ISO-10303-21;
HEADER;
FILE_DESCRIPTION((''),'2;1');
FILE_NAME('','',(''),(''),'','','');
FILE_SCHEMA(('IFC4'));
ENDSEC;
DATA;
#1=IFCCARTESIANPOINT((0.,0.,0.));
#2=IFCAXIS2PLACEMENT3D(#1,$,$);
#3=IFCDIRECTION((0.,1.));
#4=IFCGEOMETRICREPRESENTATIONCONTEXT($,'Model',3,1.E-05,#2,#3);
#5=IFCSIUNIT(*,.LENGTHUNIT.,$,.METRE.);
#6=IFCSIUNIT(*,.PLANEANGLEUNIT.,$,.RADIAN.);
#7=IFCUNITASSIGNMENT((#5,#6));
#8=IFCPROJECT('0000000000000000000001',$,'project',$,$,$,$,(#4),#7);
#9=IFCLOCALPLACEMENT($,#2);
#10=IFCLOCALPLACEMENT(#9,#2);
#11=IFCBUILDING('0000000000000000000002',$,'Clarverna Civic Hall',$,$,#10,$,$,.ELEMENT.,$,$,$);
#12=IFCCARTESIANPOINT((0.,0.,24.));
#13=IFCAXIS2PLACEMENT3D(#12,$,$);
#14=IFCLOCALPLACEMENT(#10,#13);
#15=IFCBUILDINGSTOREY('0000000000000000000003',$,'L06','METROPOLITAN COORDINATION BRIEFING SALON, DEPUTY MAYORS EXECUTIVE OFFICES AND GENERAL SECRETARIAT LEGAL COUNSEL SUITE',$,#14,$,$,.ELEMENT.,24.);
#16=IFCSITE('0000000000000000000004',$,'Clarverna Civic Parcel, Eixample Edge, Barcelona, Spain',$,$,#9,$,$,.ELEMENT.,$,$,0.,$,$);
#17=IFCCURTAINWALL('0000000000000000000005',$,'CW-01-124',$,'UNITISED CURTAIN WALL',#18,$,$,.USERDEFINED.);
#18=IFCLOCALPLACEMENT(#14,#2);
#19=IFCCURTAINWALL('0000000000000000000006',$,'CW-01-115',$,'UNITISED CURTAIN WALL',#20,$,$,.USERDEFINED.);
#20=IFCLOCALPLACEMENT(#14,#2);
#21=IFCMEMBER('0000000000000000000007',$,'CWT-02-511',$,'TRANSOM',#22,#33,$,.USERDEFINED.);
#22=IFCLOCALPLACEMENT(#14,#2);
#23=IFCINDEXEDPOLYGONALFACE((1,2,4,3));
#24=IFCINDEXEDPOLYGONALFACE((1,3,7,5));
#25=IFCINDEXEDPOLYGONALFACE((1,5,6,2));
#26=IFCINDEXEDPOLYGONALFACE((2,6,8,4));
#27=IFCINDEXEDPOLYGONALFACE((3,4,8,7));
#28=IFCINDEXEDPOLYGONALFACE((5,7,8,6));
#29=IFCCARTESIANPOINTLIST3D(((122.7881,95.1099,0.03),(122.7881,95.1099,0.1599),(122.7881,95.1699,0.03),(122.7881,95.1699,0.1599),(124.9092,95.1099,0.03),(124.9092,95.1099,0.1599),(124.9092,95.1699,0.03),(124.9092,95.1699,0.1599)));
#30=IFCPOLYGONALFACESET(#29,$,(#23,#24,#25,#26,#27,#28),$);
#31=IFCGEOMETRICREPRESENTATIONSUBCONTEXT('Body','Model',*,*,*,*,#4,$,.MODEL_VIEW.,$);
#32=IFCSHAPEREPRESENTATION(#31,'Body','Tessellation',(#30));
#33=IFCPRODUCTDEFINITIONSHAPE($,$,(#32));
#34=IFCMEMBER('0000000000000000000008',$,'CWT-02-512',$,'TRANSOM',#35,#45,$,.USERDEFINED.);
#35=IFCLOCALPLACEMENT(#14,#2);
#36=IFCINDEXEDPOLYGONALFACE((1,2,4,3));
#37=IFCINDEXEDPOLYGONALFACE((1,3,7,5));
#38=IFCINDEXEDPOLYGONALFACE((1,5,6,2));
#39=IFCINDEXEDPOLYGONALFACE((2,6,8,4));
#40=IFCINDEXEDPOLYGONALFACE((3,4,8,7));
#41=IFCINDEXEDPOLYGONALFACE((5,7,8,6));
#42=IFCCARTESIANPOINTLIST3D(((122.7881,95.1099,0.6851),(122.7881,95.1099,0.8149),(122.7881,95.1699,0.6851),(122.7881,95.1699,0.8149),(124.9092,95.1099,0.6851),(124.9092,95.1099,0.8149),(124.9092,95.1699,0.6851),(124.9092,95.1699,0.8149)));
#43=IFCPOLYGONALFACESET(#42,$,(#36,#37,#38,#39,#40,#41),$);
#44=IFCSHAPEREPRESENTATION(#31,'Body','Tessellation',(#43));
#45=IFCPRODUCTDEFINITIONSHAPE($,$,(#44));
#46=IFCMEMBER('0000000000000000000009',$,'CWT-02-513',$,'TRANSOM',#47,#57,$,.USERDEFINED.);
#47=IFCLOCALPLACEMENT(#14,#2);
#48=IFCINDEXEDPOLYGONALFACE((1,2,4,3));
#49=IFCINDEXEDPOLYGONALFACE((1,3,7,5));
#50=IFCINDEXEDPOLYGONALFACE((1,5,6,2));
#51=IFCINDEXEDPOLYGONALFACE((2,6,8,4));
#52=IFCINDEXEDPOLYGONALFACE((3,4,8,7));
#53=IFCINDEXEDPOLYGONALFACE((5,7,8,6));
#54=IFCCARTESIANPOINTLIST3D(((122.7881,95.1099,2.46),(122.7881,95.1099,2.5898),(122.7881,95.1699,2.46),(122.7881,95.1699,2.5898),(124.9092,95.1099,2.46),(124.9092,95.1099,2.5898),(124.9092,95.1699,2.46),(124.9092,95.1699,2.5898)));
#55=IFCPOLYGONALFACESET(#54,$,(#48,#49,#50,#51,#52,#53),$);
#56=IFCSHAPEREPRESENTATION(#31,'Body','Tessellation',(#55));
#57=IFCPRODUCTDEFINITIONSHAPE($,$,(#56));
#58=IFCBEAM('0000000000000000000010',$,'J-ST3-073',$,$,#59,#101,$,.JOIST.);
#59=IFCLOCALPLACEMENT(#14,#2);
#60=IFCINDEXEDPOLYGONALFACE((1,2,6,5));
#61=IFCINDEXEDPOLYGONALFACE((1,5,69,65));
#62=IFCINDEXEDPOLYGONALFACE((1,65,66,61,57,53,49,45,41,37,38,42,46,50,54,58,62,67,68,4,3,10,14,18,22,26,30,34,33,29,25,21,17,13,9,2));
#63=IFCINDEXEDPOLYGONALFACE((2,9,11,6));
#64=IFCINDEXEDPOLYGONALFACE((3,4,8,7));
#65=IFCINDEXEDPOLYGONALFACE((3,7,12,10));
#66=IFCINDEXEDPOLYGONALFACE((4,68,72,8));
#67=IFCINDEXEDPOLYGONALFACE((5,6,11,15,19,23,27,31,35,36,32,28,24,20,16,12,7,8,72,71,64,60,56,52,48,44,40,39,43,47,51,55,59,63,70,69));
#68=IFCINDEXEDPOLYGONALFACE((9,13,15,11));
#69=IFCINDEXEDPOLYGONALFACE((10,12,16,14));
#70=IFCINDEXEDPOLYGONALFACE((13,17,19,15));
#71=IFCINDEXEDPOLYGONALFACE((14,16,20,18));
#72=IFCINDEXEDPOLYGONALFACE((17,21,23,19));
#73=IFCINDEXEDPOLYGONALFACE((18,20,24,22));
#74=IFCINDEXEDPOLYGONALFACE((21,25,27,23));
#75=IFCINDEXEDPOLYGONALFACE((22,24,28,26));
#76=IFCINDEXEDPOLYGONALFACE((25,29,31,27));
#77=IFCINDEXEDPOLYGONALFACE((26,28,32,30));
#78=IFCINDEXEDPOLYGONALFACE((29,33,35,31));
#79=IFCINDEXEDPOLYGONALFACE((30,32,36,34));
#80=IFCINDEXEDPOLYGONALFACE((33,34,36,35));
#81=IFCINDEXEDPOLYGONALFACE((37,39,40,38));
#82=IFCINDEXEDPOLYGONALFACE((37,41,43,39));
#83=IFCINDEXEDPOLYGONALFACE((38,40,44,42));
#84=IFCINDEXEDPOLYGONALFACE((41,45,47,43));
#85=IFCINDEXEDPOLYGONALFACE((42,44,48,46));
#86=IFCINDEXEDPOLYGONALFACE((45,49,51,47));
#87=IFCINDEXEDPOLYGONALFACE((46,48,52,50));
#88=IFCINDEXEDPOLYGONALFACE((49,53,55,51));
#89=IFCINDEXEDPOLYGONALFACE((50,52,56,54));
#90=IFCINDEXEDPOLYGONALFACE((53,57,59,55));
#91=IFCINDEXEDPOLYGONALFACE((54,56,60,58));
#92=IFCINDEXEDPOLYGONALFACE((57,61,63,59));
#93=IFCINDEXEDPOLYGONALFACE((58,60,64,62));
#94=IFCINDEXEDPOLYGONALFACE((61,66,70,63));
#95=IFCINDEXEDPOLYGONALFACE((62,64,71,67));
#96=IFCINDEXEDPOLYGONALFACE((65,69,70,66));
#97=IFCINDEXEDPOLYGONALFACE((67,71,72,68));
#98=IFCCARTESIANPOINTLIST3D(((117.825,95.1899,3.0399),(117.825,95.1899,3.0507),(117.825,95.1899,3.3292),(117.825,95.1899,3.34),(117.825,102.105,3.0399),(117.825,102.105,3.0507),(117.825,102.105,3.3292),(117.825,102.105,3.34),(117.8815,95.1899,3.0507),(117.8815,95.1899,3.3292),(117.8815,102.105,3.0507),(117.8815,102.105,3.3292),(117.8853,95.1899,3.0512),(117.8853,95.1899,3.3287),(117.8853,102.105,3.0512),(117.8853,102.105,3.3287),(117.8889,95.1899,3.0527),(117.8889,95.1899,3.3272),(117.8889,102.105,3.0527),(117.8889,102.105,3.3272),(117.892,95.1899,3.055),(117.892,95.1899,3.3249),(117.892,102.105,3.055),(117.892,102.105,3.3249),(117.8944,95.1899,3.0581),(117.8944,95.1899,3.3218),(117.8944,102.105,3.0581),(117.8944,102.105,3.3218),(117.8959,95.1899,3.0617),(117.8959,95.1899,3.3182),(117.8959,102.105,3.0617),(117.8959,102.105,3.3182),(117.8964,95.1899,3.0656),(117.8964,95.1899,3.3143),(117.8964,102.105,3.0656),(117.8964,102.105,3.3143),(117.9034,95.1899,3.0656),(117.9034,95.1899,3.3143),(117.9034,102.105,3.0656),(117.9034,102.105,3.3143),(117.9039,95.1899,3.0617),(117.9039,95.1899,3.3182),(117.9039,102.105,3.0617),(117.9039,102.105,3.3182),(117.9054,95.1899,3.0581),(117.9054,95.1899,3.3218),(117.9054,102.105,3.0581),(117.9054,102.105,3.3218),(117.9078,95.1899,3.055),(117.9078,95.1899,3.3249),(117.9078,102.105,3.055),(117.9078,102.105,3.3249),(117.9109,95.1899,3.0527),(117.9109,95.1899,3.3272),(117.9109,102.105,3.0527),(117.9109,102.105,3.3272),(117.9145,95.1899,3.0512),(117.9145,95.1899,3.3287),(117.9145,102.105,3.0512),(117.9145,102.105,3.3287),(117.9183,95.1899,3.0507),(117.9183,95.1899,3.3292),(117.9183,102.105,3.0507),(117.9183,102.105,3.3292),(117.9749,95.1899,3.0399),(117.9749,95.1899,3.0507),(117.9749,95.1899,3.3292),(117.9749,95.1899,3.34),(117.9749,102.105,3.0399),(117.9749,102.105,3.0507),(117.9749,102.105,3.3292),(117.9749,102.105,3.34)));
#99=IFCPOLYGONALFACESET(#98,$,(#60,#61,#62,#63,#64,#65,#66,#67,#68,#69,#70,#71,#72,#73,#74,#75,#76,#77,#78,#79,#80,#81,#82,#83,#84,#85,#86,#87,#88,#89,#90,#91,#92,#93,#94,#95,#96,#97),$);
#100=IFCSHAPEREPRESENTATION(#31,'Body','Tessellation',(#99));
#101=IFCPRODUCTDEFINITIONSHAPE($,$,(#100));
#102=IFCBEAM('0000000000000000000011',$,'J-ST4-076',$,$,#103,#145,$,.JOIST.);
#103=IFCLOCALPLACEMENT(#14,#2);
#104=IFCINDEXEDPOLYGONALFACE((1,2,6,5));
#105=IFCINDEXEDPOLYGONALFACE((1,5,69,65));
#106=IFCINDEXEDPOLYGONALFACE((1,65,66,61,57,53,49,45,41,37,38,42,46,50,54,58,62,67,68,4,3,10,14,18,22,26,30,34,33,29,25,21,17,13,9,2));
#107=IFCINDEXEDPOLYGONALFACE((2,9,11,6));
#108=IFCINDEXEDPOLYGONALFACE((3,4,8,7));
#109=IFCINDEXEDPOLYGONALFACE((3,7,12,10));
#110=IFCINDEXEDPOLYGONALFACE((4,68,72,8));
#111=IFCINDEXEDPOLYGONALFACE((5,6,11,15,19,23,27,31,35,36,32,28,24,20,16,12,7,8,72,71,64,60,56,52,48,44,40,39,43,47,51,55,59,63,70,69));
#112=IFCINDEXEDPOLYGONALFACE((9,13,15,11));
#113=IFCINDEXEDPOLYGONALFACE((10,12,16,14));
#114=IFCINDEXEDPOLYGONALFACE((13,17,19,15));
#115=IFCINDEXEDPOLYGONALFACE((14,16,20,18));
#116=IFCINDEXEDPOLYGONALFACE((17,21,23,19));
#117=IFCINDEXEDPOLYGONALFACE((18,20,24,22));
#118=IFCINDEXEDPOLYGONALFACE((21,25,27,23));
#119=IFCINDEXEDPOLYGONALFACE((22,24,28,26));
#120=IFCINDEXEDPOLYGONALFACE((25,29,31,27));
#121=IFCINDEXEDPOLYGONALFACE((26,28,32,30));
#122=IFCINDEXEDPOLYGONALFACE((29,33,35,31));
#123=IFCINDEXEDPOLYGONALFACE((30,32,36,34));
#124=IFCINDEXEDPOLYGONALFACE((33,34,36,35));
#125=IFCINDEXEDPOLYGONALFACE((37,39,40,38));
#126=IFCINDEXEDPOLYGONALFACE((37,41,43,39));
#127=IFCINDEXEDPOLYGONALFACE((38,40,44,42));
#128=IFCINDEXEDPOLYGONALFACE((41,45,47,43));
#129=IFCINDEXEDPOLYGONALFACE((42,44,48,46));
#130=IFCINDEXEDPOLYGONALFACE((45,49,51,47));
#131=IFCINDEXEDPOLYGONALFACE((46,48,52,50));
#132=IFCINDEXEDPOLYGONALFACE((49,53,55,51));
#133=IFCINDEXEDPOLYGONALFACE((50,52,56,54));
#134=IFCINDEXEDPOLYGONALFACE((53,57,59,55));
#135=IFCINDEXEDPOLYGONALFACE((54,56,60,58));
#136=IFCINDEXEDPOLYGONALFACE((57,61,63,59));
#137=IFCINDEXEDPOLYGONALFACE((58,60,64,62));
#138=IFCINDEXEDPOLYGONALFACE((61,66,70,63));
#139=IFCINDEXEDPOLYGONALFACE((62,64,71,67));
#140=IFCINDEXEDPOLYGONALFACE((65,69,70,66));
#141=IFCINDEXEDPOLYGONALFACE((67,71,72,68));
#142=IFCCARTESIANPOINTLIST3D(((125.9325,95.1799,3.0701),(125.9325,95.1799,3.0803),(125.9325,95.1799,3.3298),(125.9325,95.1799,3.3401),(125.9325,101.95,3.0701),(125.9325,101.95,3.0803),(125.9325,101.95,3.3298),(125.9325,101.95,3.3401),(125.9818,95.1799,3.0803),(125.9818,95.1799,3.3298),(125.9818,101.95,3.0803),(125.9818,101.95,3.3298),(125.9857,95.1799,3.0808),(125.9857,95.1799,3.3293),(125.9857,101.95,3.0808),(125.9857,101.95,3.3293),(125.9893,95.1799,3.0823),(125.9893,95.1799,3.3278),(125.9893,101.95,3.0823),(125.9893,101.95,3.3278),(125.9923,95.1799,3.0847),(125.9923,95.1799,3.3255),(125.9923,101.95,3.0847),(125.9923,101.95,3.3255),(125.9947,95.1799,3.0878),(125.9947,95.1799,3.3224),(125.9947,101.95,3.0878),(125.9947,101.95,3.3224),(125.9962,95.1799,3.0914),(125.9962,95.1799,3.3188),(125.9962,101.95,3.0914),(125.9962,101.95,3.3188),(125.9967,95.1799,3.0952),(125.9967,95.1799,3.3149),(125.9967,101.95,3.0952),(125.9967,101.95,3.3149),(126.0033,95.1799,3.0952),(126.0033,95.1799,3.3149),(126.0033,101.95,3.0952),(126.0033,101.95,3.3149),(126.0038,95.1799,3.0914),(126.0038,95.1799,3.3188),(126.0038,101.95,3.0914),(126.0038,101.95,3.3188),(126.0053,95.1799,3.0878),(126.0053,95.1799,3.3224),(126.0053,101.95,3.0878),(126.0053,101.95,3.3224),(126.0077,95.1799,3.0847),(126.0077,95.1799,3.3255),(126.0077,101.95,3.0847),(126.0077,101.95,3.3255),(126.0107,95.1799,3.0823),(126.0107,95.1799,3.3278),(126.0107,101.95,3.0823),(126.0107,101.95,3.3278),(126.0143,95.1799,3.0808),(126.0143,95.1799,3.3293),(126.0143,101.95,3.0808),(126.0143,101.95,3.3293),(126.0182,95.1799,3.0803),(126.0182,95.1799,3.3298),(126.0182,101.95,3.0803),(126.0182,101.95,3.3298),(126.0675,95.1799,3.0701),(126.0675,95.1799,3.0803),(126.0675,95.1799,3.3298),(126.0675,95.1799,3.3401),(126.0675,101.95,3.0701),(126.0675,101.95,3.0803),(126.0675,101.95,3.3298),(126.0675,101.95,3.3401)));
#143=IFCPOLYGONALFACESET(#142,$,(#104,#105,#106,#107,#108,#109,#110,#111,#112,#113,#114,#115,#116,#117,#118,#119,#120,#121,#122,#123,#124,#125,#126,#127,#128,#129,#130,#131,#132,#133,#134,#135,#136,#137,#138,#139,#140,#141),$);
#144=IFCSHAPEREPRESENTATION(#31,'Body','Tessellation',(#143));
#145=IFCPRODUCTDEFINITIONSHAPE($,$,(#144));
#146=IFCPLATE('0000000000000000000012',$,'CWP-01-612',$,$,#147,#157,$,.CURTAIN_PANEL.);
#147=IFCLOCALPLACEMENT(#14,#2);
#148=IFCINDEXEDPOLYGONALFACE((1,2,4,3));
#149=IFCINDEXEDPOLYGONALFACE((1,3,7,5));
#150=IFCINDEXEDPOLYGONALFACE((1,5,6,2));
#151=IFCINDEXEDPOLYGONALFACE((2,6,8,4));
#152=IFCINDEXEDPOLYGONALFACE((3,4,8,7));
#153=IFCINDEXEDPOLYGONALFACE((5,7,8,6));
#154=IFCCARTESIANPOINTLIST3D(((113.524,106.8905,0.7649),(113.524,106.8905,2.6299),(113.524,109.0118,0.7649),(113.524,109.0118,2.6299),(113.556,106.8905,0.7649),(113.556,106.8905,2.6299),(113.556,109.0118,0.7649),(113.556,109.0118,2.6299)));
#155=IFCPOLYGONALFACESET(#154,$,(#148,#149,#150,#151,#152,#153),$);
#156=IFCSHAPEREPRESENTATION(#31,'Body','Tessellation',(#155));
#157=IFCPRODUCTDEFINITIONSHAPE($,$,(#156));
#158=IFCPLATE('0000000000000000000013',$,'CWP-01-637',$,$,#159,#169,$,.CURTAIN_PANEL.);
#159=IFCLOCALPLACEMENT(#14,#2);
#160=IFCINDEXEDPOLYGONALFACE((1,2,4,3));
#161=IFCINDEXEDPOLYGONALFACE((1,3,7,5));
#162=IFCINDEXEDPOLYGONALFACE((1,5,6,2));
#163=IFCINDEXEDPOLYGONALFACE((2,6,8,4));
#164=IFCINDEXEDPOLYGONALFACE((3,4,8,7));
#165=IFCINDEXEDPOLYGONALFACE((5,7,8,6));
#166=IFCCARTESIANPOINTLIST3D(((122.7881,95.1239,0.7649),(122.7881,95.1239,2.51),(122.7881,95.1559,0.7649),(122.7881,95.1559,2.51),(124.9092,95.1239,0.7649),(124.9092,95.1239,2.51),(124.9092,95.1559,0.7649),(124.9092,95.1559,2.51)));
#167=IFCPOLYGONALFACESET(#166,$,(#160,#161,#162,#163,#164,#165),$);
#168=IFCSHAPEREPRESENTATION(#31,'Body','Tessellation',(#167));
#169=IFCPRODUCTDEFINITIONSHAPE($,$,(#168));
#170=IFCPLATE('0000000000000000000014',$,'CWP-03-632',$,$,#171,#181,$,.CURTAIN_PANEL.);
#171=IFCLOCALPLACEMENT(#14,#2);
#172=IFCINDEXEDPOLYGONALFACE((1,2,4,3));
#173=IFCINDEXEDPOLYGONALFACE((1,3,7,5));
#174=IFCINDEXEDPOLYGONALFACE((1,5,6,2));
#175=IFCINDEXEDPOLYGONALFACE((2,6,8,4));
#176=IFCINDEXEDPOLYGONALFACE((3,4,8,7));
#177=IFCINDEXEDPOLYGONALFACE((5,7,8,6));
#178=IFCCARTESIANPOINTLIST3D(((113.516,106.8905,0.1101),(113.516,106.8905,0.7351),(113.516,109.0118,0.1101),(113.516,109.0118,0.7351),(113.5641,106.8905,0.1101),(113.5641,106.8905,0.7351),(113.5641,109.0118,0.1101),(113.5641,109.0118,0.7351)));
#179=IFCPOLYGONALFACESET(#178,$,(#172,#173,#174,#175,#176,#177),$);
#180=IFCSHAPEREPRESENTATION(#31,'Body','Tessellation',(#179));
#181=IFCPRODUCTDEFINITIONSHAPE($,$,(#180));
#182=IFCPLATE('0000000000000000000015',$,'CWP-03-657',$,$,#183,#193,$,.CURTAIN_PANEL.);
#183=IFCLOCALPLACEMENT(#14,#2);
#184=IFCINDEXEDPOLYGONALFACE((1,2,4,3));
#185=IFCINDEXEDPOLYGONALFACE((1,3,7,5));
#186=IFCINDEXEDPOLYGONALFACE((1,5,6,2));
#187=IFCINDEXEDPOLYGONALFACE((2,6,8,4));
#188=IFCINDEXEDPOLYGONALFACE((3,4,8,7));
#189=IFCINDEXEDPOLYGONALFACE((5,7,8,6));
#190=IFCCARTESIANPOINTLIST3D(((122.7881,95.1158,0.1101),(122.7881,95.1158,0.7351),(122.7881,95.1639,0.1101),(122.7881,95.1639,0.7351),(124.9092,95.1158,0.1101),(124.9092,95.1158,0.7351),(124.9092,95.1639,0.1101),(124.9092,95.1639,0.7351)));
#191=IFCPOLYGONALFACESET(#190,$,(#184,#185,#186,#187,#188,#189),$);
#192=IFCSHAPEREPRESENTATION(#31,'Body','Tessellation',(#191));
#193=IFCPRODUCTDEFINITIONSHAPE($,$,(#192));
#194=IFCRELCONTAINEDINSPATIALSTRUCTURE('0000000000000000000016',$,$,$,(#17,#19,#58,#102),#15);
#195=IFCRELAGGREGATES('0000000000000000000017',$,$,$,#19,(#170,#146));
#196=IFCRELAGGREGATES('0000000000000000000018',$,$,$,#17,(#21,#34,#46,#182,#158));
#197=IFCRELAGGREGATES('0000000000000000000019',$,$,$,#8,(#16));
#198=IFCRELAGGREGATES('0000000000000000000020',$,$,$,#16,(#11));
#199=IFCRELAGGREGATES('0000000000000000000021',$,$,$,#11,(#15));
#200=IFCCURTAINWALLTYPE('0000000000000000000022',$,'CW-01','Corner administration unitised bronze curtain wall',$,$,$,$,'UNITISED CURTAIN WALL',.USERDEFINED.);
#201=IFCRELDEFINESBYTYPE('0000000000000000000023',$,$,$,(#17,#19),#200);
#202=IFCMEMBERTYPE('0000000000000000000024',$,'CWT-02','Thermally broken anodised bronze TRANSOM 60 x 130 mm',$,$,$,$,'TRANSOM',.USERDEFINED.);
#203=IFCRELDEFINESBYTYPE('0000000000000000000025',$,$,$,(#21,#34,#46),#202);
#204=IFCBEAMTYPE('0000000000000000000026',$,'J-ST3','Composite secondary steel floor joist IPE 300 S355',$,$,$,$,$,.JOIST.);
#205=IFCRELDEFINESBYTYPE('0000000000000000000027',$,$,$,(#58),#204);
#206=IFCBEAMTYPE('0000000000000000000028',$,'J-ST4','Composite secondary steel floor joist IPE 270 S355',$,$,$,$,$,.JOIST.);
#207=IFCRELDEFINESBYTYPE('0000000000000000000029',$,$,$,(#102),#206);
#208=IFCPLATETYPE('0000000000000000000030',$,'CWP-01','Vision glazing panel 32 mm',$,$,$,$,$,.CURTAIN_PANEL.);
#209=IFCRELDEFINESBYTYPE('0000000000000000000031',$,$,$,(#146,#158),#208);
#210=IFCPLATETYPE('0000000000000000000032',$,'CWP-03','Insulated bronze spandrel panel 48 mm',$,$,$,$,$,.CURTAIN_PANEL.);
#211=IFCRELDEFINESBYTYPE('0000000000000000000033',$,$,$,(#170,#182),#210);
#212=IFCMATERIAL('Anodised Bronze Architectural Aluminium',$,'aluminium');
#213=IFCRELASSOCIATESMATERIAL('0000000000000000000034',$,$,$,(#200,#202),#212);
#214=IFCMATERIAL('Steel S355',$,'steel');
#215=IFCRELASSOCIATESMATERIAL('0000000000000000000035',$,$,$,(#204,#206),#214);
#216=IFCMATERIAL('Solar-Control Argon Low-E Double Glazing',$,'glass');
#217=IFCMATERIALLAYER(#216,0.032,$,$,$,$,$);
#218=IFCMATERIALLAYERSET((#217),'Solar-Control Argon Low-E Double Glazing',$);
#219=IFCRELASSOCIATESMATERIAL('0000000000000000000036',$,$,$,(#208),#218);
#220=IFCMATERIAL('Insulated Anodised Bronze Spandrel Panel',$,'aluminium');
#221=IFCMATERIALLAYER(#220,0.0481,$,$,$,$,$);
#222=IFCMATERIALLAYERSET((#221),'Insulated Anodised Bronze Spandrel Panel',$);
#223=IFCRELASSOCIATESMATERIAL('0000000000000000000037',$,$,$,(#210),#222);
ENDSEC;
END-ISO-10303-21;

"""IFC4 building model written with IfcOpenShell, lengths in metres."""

from ifc_helpers import new_model, si_unit, direction, frame, frame_2d, origin, origin_2d, place, context, subcontext, project, spatial, rectangle, i_section, extrude, material, layer, layer_set, material_profile, profile_set, type_object, element, aggregate, save


model = new_model("IFC4")

# Units and contexts
model_context = context("Model", 3, precision=1e-05, world=origin(), true_north=direction((0.0, 1.0)))
body_context = subcontext(model_context, "Body", "Model", "MODEL_VIEW")
ifc_project = project(units=[si_unit("LENGTHUNIT", "METRE"), si_unit("PLANEANGLEUNIT", "RADIAN")], contexts=[model_context])

# Site, building, storey
site_placement = place(None, origin())
site = spatial("IfcSite", under=ifc_project, at=site_placement, Name="Clarverna Civic Parcel, Eixample Edge, Barcelona, Spain", CompositionType="ELEMENT", RefElevation=0.0)
building_placement = place(site_placement, origin())
building = spatial("IfcBuilding", under=site, at=building_placement, Name="Clarverna Civic Hall", CompositionType="ELEMENT")
storey_placement = place(building_placement, frame((0.0, 0.0, 24.0)))
storey = spatial("IfcBuildingStorey", under=building, at=storey_placement, Name="L06", Description="METROPOLITAN COORDINATION BRIEFING SALON, DEPUTY MAYORS EXECUTIVE OFFICES AND GENERAL SECRETARIAT LEGAL COUNSEL SUITE", CompositionType="ELEMENT", Elevation=24.0)

# Shared definitions
ifc_material_1 = material(Name="Steel S355", Category="steel")

# Curtain walls
ifc_material_2 = material(Name="Anodised Bronze Architectural Aluminium", Category="aluminium")
curtain_wall_type = type_object("IfcCurtainWallType", Name="CW-01", Description="Corner administration unitised bronze curtain wall", ElementType="UNITISED CURTAIN WALL", PredefinedType="USERDEFINED", material=ifc_material_2)
curtain_wall_1_placement = place(storey_placement, origin())
curtain_wall_1 = element("IfcCurtainWall", 1, at=curtain_wall_1_placement, inside=storey, type_object=curtain_wall_type, Name="CW-01-124", ObjectType="UNITISED CURTAIN WALL", PredefinedType="USERDEFINED")
curtain_wall_2_placement = place(storey_placement, origin())
curtain_wall_2 = element("IfcCurtainWall", 2, at=curtain_wall_2_placement, inside=storey, type_object=curtain_wall_type, Name="CW-01-115", ObjectType="UNITISED CURTAIN WALL", PredefinedType="USERDEFINED")

# Members
ifc_material_profile_1 = material_profile(ifc_material_2, rectangle(XDim=0.0601, YDim=0.1299, at=origin_2d()), Name="BRONZE 60x130")
ifc_profile_set_1 = profile_set([ifc_material_profile_1], Name="Anodised Bronze Architectural Aluminium")
member_type_1 = type_object("IfcMemberType", Name="CWT-02", Description="Thermally broken anodised bronze TRANSOM 60 x 130 mm", ElementType="TRANSOM", PredefinedType="USERDEFINED", material=ifc_profile_set_1)
member_1_placement = place(storey_placement, frame((124.9092, 95.1399, 0.095), z_axis=(-1.0, 0.0, 0.0), x_axis=(0.0, -1.0, 0.0)))
member_1 = element("IfcMember", 3, at=member_1_placement, type_object=member_type_1, Name="CWT-02-511", ObjectType="TRANSOM", PredefinedType="USERDEFINED", context=body_context, shape_type="SweptSolid", body=[
    extrude(rectangle(XDim=0.0601, YDim=0.1299, at=origin_2d()), origin(), (0.0, 0.0, 1.0), 2.1211),
])
member_2_placement = place(storey_placement, frame((124.9092, 95.1399, 0.75), z_axis=(-1.0, 0.0, 0.0), x_axis=(0.0, -1.0, 0.0)))
member_2 = element("IfcMember", 4, at=member_2_placement, type_object=member_type_1, Name="CWT-02-512", ObjectType="TRANSOM", PredefinedType="USERDEFINED", context=body_context, shape_type="SweptSolid", body=[
    extrude(rectangle(XDim=0.0601, YDim=0.1299, at=origin_2d()), origin(), (0.0, 0.0, 1.0), 2.1211),
])
member_3_placement = place(storey_placement, frame((124.9092, 95.1399, 2.5249), z_axis=(-1.0, 0.0, 0.0), x_axis=(0.0, -1.0, 0.0)))
member_3 = element("IfcMember", 5, at=member_3_placement, type_object=member_type_1, Name="CWT-02-513", ObjectType="TRANSOM", PredefinedType="USERDEFINED", context=body_context, shape_type="SweptSolid", body=[
    extrude(rectangle(XDim=0.0601, YDim=0.1299, at=origin_2d()), origin(), (0.0, 0.0, 1.0), 2.1211),
])

# Beams
ifc_material_profile_2 = material_profile(ifc_material_1, i_section(OverallWidth=0.1499, OverallDepth=0.3, WebThickness=0.0071, FlangeThickness=0.0107, FilletRadius=0.0149, at=origin_2d()), Name="IPE 300")
ifc_profile_set_2 = profile_set([ifc_material_profile_2], Name="Steel S355")
beam_type_1 = type_object("IfcBeamType", Name="J-ST3", Description="Composite secondary steel floor joist IPE 300 S355", PredefinedType="JOIST", material=ifc_profile_set_2)
beam_1_placement = place(storey_placement, frame((117.8999, 95.1899, 3.1899), z_axis=(0.0, 1.0, 0.0), x_axis=(-1.0, 0.0, 0.0)))
element("IfcBeam", 6, at=beam_1_placement, inside=storey, type_object=beam_type_1, Name="J-ST3-073", PredefinedType="JOIST", context=body_context, shape_type="SweptSolid", body=[
    extrude(i_section(OverallWidth=0.1499, OverallDepth=0.3, WebThickness=0.0071, FlangeThickness=0.0107, FilletRadius=0.0149, at=origin_2d()), origin(), (0.0, 0.0, 1.0), 6.915),
])
ifc_material_profile_3 = material_profile(ifc_material_1, i_section(OverallWidth=0.135, OverallDepth=0.27, WebThickness=0.0066, FlangeThickness=0.0103, FilletRadius=0.0149, at=origin_2d()), Name="IPE 270")
ifc_profile_set_3 = profile_set([ifc_material_profile_3], Name="Steel S355")
beam_type_2 = type_object("IfcBeamType", Name="J-ST4", Description="Composite secondary steel floor joist IPE 270 S355", PredefinedType="JOIST", material=ifc_profile_set_3)
beam_2_placement = place(storey_placement, frame((126.0, 95.1799, 3.2051), z_axis=(0.0, 1.0, 0.0), x_axis=(-1.0, 0.0, 0.0)))
element("IfcBeam", 7, at=beam_2_placement, inside=storey, type_object=beam_type_2, Name="J-ST4-076", PredefinedType="JOIST", context=body_context, shape_type="SweptSolid", body=[
    extrude(i_section(OverallWidth=0.135, OverallDepth=0.27, WebThickness=0.0066, FlangeThickness=0.0103, FilletRadius=0.0149, at=origin_2d()), origin(), (0.0, 0.0, 1.0), 6.77),
])

# Plates
ifc_material_3 = material(Name="Solar-Control Argon Low-E Double Glazing", Category="glass")
ifc_layer_1 = layer(ifc_material_3, 0.032)
ifc_layer_set_1 = layer_set([ifc_layer_1], Name="Solar-Control Argon Low-E Double Glazing")
plate_type_1 = type_object("IfcPlateType", Name="CWP-01", Description="Vision glazing panel 32 mm", PredefinedType="CURTAIN_PANEL", material=ifc_layer_set_1)
plate_1_placement = place(storey_placement, frame((113.54, 106.8906, 0.7649), z_axis=(0.0, 0.0, 1.0), x_axis=(0.0, 1.0, 0.0)))
plate_1 = element("IfcPlate", 8, at=plate_1_placement, type_object=plate_type_1, Name="CWP-01-612", PredefinedType="CURTAIN_PANEL", context=body_context, shape_type="SweptSolid", body=[
    extrude(rectangle(XDim=2.1213, YDim=0.032, at=frame_2d((1.0605, 0.0))), origin(), (0.0, 0.0, 1.0), 1.865),
])
plate_2_placement = place(storey_placement, frame((124.9092, 95.1399, 0.7649), z_axis=(0.0, 0.0, 1.0), x_axis=(-1.0, 0.0, 0.0)))
plate_2 = element("IfcPlate", 9, at=plate_2_placement, type_object=plate_type_1, Name="CWP-01-637", PredefinedType="CURTAIN_PANEL", context=body_context, shape_type="SweptSolid", body=[
    extrude(rectangle(XDim=2.1211, YDim=0.032, at=frame_2d((1.0605, 0.0))), origin(), (0.0, 0.0, 1.0), 1.7451),
])
ifc_material_4 = material(Name="Insulated Anodised Bronze Spandrel Panel", Category="aluminium")
ifc_layer_2 = layer(ifc_material_4, 0.0481)
ifc_layer_set_2 = layer_set([ifc_layer_2], Name="Insulated Anodised Bronze Spandrel Panel")
plate_type_2 = type_object("IfcPlateType", Name="CWP-03", Description="Insulated bronze spandrel panel 48 mm", PredefinedType="CURTAIN_PANEL", material=ifc_layer_set_2)
plate_3_placement = place(storey_placement, frame((113.54, 106.8906, 0.1101), z_axis=(0.0, 0.0, 1.0), x_axis=(0.0, 1.0, 0.0)))
plate_3 = element("IfcPlate", 10, at=plate_3_placement, type_object=plate_type_2, Name="CWP-03-632", PredefinedType="CURTAIN_PANEL", context=body_context, shape_type="SweptSolid", body=[
    extrude(rectangle(XDim=2.1213, YDim=0.0481, at=frame_2d((1.0605, 0.0))), origin(), (0.0, 0.0, 1.0), 0.625),
])
aggregate(curtain_wall_2, [plate_3, plate_1])
plate_4_placement = place(storey_placement, frame((124.9092, 95.1399, 0.1101), z_axis=(0.0, 0.0, 1.0), x_axis=(-1.0, 0.0, 0.0)))
plate_4 = element("IfcPlate", 11, at=plate_4_placement, type_object=plate_type_2, Name="CWP-03-657", PredefinedType="CURTAIN_PANEL", context=body_context, shape_type="SweptSolid", body=[
    extrude(rectangle(XDim=2.1211, YDim=0.0481, at=frame_2d((1.0605, 0.0))), origin(), (0.0, 0.0, 1.0), 0.625),
])
aggregate(curtain_wall_1, [member_1, member_2, member_3, plate_4, plate_2])

save(model, "model.ifc")
